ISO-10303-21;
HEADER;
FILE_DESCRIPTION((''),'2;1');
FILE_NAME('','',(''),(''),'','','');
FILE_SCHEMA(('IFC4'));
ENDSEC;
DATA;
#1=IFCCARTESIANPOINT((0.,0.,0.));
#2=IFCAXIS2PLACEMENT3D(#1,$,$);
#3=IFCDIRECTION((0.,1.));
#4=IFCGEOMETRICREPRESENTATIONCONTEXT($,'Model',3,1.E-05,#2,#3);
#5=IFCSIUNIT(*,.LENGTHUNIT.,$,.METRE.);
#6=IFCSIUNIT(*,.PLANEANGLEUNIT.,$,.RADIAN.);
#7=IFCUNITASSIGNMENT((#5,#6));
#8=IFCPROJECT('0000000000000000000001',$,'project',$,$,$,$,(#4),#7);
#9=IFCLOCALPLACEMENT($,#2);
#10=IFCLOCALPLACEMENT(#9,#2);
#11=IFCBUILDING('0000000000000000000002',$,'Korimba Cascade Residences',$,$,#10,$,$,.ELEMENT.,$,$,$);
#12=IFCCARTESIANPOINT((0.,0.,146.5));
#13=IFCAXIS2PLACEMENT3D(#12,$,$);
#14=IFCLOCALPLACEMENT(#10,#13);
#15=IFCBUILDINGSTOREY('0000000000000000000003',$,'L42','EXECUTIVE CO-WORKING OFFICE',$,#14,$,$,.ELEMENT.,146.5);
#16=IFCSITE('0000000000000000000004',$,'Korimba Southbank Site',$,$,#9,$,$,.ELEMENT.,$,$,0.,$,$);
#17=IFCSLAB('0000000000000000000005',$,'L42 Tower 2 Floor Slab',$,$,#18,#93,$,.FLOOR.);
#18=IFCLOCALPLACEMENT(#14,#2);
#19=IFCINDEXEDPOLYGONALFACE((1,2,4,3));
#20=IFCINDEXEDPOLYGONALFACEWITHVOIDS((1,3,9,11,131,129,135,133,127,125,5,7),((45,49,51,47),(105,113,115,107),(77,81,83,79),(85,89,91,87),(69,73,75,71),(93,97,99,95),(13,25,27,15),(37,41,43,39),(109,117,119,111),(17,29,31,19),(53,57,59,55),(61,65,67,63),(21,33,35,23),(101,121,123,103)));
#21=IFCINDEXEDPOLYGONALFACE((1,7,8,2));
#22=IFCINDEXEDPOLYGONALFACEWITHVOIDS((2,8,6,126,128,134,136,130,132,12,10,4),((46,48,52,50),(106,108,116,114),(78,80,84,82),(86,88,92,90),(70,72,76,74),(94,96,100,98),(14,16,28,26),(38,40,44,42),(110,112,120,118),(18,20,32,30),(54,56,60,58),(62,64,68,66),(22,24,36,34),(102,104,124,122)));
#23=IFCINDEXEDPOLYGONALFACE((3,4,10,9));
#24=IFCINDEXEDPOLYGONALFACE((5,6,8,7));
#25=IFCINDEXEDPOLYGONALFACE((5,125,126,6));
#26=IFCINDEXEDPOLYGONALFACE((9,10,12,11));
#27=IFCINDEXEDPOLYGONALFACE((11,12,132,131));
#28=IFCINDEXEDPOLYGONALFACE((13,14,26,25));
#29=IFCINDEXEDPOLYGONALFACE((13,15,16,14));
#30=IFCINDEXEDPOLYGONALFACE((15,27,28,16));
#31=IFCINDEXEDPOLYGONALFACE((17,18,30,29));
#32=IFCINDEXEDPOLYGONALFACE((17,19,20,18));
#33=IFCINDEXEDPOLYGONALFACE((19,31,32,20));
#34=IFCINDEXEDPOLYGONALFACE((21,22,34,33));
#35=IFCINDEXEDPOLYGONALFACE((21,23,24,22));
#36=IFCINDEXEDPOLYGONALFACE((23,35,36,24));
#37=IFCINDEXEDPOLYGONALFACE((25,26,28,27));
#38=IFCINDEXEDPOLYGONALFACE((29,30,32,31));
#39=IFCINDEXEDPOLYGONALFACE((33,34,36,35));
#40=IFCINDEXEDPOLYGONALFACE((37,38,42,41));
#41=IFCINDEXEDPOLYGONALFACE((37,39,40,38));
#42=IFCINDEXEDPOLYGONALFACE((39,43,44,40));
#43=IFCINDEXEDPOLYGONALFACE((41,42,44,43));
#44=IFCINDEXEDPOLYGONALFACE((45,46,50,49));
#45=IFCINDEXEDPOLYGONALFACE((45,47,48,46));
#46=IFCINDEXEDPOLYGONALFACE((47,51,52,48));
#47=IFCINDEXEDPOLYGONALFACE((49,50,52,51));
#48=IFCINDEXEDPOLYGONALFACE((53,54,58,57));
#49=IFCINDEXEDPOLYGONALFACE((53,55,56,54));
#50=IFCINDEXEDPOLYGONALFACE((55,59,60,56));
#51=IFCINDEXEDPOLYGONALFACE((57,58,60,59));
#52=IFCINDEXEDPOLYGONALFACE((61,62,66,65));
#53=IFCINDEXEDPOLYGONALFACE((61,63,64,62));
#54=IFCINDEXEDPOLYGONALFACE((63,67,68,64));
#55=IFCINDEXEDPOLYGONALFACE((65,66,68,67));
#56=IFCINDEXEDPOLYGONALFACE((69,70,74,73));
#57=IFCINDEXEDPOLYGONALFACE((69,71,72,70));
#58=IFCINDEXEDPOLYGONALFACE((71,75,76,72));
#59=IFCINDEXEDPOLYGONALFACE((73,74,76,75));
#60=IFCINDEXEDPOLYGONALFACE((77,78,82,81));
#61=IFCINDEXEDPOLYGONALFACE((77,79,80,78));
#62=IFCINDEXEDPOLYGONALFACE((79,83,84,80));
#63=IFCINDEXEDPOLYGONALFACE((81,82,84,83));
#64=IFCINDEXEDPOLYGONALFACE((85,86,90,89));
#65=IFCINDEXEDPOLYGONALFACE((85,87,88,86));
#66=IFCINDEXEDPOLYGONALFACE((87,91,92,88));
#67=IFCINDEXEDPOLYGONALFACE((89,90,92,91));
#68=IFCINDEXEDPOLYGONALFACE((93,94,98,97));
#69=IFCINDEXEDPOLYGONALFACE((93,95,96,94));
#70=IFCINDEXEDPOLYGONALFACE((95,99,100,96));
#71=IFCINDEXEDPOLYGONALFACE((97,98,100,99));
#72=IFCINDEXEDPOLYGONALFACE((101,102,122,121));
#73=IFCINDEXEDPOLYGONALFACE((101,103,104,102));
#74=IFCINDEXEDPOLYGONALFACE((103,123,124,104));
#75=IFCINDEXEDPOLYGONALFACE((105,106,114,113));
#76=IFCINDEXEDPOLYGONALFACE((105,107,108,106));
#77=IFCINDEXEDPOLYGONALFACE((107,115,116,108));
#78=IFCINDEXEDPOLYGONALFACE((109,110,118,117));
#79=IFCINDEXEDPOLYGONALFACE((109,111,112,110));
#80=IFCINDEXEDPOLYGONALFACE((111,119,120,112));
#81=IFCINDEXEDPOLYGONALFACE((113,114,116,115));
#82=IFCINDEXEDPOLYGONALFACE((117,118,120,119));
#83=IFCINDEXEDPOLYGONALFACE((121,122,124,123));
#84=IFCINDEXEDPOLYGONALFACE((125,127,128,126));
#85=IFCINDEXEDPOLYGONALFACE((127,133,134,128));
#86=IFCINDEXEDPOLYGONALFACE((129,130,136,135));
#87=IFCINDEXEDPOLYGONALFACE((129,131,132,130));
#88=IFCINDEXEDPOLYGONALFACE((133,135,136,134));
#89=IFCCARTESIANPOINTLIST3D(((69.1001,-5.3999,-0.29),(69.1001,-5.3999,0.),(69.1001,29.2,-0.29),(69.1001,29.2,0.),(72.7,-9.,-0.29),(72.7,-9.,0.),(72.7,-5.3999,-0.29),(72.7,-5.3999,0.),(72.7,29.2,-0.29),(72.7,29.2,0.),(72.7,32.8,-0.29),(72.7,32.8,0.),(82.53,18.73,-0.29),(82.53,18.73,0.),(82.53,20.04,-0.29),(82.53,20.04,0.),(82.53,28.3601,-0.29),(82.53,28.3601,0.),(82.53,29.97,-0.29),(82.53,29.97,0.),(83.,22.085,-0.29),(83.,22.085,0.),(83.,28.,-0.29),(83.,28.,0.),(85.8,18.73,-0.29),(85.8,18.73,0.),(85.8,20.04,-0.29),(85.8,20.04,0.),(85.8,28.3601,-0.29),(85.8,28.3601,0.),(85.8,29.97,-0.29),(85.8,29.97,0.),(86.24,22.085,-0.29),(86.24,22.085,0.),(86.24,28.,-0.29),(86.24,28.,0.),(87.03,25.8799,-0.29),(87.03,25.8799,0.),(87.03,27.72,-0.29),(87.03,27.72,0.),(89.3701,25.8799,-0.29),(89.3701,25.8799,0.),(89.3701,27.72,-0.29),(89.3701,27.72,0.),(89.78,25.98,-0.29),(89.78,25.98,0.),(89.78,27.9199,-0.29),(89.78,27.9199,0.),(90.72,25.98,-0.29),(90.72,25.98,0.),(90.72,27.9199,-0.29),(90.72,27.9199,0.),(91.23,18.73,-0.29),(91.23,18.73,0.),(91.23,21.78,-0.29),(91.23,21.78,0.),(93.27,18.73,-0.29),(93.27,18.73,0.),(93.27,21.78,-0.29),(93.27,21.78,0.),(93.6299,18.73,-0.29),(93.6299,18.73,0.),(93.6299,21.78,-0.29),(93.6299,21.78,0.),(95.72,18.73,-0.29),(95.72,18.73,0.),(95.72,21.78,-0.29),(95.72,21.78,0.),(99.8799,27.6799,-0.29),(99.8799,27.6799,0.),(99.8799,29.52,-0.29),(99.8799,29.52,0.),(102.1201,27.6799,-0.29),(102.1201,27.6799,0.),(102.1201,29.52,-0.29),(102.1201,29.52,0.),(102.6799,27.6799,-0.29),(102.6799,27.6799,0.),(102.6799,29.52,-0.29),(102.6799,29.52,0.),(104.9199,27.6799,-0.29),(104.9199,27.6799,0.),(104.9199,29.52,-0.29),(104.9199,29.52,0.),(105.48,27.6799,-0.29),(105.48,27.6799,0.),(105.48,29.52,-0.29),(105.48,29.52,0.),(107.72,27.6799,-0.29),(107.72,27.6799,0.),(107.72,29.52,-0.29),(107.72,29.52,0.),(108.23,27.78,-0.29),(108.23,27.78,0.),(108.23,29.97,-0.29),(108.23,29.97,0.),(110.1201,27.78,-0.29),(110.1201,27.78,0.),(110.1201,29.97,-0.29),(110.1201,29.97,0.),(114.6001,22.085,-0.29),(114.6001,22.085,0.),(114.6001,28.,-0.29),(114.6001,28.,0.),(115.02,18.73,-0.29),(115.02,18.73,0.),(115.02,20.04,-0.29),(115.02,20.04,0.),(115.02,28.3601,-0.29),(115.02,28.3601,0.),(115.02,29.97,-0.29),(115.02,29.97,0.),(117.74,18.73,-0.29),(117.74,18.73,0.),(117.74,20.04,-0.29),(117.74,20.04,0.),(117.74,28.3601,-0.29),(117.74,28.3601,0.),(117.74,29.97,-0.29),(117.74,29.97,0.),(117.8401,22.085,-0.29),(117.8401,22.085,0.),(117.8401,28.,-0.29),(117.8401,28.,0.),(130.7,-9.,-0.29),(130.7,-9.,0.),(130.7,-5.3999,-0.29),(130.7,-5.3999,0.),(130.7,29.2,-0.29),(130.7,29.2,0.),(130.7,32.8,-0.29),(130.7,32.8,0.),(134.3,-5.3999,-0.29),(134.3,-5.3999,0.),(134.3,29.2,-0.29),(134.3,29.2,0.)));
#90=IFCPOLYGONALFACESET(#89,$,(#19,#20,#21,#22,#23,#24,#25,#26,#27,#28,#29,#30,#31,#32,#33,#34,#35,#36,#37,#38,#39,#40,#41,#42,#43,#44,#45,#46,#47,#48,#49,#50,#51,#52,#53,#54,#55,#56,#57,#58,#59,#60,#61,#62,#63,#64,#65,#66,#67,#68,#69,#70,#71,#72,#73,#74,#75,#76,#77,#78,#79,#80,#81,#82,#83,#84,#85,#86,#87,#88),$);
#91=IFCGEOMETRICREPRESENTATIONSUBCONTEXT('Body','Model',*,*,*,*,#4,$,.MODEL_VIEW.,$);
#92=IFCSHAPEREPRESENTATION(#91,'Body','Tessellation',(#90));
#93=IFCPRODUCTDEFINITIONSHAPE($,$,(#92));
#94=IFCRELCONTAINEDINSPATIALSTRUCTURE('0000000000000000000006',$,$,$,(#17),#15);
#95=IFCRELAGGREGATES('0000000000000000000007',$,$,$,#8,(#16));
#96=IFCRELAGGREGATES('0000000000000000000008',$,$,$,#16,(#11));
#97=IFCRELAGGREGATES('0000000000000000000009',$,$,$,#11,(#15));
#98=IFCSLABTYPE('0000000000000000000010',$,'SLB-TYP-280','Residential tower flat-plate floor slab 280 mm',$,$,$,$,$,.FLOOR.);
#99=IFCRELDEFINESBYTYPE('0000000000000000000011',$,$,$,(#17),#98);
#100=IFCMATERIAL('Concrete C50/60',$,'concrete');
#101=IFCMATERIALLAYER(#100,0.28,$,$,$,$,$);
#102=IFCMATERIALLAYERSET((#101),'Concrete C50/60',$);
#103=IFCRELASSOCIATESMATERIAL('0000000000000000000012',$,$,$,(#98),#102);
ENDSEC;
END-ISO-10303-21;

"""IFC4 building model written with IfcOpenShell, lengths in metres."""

from ifc_helpers import new_model, si_unit, direction, frame, origin, place, context, subcontext, project, spatial, polyline, outline, extrude, material, layer, layer_set, type_object, element, save


model = new_model("IFC4")

# Units and contexts
model_context = context("Model", 3, precision=1e-05, world=origin(), true_north=direction((0.0, 1.0)))
body_context = subcontext(model_context, "Body", "Model", "MODEL_VIEW")
ifc_project = project(units=[si_unit("LENGTHUNIT", "METRE"), si_unit("PLANEANGLEUNIT", "RADIAN")], contexts=[model_context])

# Site, building, storey
site_placement = place(None, origin())
site = spatial("IfcSite", under=ifc_project, at=site_placement, Name="Korimba Southbank Site", CompositionType="ELEMENT", RefElevation=0.0)
building_placement = place(site_placement, origin())
building = spatial("IfcBuilding", under=site, at=building_placement, Name="Korimba Cascade Residences", CompositionType="ELEMENT")
storey_placement = place(building_placement, frame((0.0, 0.0, 146.5)))
storey = spatial("IfcBuildingStorey", under=building, at=storey_placement, Name="L42", Description="EXECUTIVE CO-WORKING OFFICE", CompositionType="ELEMENT", Elevation=146.5)

# Shared definitions
ifc_material_1 = material(Name="Concrete C50/60", Category="concrete")

# Slab
ifc_layer_1 = layer(ifc_material_1, 0.28)
ifc_layer_set_1 = layer_set([ifc_layer_1], Name="Concrete C50/60")
slab_type_1 = type_object("IfcSlabType", Name="SLB-TYP-280", Description="Residential tower flat-plate floor slab 280 mm", PredefinedType="FLOOR", material=ifc_layer_set_1)
slab_1_placement = place(storey_placement, frame((0.0, 0.0, -0.29)))
element("IfcSlab", 1, at=slab_1_placement, inside=storey, type_object=slab_type_1, Name="L42 Tower 2 Floor Slab", PredefinedType="FLOOR", context=body_context, shape_type="SweptSolid", body=[
    extrude(outline(polyline([(72.7, -9.0), (130.7, -9.0), (130.7, -5.3999), (134.3, -5.3999), (134.3, 29.2), (130.7, 29.2), (130.7, 32.8), (72.7, 32.8), (72.7, 29.2), (69.1001, 29.2), (69.1001, -5.3999), (72.7, -5.3999), (72.7, -9.0)]), holes=[polyline([(86.24, 22.085), (86.24, 28.0), (83.0, 28.0), (83.0, 22.085), (86.24, 22.085)]), polyline([(117.8401, 22.085), (117.8401, 28.0), (114.6001, 28.0), (114.6001, 22.085), (117.8401, 22.085)]), polyline([(87.03, 25.8799), (89.3701, 25.8799), (89.3701, 27.72), (87.03, 27.72), (87.03, 25.8799)]), polyline([(99.8799, 27.6799), (102.1201, 27.6799), (102.1201, 29.52), (99.8799, 29.52), (99.8799, 27.6799)]), polyline([(102.6799, 27.6799), (104.9199, 27.6799), (104.9199, 29.52), (102.6799, 29.52), (102.6799, 27.6799)]), polyline([(105.48, 27.6799), (107.72, 27.6799), (107.72, 29.52), (105.48, 29.52), (105.48, 27.6799)]), polyline([(89.78, 25.98), (90.72, 25.98), (90.72, 27.9199), (89.78, 27.9199), (89.78, 25.98)]), polyline([(82.53, 18.73), (85.8, 18.73), (85.8, 20.04), (82.53, 20.04), (82.53, 18.73)]), polyline([(82.53, 28.3601), (85.8, 28.3601), (85.8, 29.97), (82.53, 29.97), (82.53, 28.3601)]), polyline([(108.23, 27.78), (110.1201, 27.78), (110.1201, 29.97), (108.23, 29.97), (108.23, 27.78)]), polyline([(91.23, 18.73), (93.27, 18.73), (93.27, 21.78), (91.23, 21.78), (91.23, 18.73)]), polyline([(93.6299, 18.73), (95.72, 18.73), (95.72, 21.78), (93.6299, 21.78), (93.6299, 18.73)]), polyline([(115.02, 18.73), (117.74, 18.73), (117.74, 20.04), (115.02, 20.04), (115.02, 18.73)]), polyline([(115.02, 28.3601), (117.74, 28.3601), (117.74, 29.97), (115.02, 29.97), (115.02, 28.3601)])]), origin(), (0.0, 0.0, 1.0), 0.29),
])

save(model, "model.ifc")
